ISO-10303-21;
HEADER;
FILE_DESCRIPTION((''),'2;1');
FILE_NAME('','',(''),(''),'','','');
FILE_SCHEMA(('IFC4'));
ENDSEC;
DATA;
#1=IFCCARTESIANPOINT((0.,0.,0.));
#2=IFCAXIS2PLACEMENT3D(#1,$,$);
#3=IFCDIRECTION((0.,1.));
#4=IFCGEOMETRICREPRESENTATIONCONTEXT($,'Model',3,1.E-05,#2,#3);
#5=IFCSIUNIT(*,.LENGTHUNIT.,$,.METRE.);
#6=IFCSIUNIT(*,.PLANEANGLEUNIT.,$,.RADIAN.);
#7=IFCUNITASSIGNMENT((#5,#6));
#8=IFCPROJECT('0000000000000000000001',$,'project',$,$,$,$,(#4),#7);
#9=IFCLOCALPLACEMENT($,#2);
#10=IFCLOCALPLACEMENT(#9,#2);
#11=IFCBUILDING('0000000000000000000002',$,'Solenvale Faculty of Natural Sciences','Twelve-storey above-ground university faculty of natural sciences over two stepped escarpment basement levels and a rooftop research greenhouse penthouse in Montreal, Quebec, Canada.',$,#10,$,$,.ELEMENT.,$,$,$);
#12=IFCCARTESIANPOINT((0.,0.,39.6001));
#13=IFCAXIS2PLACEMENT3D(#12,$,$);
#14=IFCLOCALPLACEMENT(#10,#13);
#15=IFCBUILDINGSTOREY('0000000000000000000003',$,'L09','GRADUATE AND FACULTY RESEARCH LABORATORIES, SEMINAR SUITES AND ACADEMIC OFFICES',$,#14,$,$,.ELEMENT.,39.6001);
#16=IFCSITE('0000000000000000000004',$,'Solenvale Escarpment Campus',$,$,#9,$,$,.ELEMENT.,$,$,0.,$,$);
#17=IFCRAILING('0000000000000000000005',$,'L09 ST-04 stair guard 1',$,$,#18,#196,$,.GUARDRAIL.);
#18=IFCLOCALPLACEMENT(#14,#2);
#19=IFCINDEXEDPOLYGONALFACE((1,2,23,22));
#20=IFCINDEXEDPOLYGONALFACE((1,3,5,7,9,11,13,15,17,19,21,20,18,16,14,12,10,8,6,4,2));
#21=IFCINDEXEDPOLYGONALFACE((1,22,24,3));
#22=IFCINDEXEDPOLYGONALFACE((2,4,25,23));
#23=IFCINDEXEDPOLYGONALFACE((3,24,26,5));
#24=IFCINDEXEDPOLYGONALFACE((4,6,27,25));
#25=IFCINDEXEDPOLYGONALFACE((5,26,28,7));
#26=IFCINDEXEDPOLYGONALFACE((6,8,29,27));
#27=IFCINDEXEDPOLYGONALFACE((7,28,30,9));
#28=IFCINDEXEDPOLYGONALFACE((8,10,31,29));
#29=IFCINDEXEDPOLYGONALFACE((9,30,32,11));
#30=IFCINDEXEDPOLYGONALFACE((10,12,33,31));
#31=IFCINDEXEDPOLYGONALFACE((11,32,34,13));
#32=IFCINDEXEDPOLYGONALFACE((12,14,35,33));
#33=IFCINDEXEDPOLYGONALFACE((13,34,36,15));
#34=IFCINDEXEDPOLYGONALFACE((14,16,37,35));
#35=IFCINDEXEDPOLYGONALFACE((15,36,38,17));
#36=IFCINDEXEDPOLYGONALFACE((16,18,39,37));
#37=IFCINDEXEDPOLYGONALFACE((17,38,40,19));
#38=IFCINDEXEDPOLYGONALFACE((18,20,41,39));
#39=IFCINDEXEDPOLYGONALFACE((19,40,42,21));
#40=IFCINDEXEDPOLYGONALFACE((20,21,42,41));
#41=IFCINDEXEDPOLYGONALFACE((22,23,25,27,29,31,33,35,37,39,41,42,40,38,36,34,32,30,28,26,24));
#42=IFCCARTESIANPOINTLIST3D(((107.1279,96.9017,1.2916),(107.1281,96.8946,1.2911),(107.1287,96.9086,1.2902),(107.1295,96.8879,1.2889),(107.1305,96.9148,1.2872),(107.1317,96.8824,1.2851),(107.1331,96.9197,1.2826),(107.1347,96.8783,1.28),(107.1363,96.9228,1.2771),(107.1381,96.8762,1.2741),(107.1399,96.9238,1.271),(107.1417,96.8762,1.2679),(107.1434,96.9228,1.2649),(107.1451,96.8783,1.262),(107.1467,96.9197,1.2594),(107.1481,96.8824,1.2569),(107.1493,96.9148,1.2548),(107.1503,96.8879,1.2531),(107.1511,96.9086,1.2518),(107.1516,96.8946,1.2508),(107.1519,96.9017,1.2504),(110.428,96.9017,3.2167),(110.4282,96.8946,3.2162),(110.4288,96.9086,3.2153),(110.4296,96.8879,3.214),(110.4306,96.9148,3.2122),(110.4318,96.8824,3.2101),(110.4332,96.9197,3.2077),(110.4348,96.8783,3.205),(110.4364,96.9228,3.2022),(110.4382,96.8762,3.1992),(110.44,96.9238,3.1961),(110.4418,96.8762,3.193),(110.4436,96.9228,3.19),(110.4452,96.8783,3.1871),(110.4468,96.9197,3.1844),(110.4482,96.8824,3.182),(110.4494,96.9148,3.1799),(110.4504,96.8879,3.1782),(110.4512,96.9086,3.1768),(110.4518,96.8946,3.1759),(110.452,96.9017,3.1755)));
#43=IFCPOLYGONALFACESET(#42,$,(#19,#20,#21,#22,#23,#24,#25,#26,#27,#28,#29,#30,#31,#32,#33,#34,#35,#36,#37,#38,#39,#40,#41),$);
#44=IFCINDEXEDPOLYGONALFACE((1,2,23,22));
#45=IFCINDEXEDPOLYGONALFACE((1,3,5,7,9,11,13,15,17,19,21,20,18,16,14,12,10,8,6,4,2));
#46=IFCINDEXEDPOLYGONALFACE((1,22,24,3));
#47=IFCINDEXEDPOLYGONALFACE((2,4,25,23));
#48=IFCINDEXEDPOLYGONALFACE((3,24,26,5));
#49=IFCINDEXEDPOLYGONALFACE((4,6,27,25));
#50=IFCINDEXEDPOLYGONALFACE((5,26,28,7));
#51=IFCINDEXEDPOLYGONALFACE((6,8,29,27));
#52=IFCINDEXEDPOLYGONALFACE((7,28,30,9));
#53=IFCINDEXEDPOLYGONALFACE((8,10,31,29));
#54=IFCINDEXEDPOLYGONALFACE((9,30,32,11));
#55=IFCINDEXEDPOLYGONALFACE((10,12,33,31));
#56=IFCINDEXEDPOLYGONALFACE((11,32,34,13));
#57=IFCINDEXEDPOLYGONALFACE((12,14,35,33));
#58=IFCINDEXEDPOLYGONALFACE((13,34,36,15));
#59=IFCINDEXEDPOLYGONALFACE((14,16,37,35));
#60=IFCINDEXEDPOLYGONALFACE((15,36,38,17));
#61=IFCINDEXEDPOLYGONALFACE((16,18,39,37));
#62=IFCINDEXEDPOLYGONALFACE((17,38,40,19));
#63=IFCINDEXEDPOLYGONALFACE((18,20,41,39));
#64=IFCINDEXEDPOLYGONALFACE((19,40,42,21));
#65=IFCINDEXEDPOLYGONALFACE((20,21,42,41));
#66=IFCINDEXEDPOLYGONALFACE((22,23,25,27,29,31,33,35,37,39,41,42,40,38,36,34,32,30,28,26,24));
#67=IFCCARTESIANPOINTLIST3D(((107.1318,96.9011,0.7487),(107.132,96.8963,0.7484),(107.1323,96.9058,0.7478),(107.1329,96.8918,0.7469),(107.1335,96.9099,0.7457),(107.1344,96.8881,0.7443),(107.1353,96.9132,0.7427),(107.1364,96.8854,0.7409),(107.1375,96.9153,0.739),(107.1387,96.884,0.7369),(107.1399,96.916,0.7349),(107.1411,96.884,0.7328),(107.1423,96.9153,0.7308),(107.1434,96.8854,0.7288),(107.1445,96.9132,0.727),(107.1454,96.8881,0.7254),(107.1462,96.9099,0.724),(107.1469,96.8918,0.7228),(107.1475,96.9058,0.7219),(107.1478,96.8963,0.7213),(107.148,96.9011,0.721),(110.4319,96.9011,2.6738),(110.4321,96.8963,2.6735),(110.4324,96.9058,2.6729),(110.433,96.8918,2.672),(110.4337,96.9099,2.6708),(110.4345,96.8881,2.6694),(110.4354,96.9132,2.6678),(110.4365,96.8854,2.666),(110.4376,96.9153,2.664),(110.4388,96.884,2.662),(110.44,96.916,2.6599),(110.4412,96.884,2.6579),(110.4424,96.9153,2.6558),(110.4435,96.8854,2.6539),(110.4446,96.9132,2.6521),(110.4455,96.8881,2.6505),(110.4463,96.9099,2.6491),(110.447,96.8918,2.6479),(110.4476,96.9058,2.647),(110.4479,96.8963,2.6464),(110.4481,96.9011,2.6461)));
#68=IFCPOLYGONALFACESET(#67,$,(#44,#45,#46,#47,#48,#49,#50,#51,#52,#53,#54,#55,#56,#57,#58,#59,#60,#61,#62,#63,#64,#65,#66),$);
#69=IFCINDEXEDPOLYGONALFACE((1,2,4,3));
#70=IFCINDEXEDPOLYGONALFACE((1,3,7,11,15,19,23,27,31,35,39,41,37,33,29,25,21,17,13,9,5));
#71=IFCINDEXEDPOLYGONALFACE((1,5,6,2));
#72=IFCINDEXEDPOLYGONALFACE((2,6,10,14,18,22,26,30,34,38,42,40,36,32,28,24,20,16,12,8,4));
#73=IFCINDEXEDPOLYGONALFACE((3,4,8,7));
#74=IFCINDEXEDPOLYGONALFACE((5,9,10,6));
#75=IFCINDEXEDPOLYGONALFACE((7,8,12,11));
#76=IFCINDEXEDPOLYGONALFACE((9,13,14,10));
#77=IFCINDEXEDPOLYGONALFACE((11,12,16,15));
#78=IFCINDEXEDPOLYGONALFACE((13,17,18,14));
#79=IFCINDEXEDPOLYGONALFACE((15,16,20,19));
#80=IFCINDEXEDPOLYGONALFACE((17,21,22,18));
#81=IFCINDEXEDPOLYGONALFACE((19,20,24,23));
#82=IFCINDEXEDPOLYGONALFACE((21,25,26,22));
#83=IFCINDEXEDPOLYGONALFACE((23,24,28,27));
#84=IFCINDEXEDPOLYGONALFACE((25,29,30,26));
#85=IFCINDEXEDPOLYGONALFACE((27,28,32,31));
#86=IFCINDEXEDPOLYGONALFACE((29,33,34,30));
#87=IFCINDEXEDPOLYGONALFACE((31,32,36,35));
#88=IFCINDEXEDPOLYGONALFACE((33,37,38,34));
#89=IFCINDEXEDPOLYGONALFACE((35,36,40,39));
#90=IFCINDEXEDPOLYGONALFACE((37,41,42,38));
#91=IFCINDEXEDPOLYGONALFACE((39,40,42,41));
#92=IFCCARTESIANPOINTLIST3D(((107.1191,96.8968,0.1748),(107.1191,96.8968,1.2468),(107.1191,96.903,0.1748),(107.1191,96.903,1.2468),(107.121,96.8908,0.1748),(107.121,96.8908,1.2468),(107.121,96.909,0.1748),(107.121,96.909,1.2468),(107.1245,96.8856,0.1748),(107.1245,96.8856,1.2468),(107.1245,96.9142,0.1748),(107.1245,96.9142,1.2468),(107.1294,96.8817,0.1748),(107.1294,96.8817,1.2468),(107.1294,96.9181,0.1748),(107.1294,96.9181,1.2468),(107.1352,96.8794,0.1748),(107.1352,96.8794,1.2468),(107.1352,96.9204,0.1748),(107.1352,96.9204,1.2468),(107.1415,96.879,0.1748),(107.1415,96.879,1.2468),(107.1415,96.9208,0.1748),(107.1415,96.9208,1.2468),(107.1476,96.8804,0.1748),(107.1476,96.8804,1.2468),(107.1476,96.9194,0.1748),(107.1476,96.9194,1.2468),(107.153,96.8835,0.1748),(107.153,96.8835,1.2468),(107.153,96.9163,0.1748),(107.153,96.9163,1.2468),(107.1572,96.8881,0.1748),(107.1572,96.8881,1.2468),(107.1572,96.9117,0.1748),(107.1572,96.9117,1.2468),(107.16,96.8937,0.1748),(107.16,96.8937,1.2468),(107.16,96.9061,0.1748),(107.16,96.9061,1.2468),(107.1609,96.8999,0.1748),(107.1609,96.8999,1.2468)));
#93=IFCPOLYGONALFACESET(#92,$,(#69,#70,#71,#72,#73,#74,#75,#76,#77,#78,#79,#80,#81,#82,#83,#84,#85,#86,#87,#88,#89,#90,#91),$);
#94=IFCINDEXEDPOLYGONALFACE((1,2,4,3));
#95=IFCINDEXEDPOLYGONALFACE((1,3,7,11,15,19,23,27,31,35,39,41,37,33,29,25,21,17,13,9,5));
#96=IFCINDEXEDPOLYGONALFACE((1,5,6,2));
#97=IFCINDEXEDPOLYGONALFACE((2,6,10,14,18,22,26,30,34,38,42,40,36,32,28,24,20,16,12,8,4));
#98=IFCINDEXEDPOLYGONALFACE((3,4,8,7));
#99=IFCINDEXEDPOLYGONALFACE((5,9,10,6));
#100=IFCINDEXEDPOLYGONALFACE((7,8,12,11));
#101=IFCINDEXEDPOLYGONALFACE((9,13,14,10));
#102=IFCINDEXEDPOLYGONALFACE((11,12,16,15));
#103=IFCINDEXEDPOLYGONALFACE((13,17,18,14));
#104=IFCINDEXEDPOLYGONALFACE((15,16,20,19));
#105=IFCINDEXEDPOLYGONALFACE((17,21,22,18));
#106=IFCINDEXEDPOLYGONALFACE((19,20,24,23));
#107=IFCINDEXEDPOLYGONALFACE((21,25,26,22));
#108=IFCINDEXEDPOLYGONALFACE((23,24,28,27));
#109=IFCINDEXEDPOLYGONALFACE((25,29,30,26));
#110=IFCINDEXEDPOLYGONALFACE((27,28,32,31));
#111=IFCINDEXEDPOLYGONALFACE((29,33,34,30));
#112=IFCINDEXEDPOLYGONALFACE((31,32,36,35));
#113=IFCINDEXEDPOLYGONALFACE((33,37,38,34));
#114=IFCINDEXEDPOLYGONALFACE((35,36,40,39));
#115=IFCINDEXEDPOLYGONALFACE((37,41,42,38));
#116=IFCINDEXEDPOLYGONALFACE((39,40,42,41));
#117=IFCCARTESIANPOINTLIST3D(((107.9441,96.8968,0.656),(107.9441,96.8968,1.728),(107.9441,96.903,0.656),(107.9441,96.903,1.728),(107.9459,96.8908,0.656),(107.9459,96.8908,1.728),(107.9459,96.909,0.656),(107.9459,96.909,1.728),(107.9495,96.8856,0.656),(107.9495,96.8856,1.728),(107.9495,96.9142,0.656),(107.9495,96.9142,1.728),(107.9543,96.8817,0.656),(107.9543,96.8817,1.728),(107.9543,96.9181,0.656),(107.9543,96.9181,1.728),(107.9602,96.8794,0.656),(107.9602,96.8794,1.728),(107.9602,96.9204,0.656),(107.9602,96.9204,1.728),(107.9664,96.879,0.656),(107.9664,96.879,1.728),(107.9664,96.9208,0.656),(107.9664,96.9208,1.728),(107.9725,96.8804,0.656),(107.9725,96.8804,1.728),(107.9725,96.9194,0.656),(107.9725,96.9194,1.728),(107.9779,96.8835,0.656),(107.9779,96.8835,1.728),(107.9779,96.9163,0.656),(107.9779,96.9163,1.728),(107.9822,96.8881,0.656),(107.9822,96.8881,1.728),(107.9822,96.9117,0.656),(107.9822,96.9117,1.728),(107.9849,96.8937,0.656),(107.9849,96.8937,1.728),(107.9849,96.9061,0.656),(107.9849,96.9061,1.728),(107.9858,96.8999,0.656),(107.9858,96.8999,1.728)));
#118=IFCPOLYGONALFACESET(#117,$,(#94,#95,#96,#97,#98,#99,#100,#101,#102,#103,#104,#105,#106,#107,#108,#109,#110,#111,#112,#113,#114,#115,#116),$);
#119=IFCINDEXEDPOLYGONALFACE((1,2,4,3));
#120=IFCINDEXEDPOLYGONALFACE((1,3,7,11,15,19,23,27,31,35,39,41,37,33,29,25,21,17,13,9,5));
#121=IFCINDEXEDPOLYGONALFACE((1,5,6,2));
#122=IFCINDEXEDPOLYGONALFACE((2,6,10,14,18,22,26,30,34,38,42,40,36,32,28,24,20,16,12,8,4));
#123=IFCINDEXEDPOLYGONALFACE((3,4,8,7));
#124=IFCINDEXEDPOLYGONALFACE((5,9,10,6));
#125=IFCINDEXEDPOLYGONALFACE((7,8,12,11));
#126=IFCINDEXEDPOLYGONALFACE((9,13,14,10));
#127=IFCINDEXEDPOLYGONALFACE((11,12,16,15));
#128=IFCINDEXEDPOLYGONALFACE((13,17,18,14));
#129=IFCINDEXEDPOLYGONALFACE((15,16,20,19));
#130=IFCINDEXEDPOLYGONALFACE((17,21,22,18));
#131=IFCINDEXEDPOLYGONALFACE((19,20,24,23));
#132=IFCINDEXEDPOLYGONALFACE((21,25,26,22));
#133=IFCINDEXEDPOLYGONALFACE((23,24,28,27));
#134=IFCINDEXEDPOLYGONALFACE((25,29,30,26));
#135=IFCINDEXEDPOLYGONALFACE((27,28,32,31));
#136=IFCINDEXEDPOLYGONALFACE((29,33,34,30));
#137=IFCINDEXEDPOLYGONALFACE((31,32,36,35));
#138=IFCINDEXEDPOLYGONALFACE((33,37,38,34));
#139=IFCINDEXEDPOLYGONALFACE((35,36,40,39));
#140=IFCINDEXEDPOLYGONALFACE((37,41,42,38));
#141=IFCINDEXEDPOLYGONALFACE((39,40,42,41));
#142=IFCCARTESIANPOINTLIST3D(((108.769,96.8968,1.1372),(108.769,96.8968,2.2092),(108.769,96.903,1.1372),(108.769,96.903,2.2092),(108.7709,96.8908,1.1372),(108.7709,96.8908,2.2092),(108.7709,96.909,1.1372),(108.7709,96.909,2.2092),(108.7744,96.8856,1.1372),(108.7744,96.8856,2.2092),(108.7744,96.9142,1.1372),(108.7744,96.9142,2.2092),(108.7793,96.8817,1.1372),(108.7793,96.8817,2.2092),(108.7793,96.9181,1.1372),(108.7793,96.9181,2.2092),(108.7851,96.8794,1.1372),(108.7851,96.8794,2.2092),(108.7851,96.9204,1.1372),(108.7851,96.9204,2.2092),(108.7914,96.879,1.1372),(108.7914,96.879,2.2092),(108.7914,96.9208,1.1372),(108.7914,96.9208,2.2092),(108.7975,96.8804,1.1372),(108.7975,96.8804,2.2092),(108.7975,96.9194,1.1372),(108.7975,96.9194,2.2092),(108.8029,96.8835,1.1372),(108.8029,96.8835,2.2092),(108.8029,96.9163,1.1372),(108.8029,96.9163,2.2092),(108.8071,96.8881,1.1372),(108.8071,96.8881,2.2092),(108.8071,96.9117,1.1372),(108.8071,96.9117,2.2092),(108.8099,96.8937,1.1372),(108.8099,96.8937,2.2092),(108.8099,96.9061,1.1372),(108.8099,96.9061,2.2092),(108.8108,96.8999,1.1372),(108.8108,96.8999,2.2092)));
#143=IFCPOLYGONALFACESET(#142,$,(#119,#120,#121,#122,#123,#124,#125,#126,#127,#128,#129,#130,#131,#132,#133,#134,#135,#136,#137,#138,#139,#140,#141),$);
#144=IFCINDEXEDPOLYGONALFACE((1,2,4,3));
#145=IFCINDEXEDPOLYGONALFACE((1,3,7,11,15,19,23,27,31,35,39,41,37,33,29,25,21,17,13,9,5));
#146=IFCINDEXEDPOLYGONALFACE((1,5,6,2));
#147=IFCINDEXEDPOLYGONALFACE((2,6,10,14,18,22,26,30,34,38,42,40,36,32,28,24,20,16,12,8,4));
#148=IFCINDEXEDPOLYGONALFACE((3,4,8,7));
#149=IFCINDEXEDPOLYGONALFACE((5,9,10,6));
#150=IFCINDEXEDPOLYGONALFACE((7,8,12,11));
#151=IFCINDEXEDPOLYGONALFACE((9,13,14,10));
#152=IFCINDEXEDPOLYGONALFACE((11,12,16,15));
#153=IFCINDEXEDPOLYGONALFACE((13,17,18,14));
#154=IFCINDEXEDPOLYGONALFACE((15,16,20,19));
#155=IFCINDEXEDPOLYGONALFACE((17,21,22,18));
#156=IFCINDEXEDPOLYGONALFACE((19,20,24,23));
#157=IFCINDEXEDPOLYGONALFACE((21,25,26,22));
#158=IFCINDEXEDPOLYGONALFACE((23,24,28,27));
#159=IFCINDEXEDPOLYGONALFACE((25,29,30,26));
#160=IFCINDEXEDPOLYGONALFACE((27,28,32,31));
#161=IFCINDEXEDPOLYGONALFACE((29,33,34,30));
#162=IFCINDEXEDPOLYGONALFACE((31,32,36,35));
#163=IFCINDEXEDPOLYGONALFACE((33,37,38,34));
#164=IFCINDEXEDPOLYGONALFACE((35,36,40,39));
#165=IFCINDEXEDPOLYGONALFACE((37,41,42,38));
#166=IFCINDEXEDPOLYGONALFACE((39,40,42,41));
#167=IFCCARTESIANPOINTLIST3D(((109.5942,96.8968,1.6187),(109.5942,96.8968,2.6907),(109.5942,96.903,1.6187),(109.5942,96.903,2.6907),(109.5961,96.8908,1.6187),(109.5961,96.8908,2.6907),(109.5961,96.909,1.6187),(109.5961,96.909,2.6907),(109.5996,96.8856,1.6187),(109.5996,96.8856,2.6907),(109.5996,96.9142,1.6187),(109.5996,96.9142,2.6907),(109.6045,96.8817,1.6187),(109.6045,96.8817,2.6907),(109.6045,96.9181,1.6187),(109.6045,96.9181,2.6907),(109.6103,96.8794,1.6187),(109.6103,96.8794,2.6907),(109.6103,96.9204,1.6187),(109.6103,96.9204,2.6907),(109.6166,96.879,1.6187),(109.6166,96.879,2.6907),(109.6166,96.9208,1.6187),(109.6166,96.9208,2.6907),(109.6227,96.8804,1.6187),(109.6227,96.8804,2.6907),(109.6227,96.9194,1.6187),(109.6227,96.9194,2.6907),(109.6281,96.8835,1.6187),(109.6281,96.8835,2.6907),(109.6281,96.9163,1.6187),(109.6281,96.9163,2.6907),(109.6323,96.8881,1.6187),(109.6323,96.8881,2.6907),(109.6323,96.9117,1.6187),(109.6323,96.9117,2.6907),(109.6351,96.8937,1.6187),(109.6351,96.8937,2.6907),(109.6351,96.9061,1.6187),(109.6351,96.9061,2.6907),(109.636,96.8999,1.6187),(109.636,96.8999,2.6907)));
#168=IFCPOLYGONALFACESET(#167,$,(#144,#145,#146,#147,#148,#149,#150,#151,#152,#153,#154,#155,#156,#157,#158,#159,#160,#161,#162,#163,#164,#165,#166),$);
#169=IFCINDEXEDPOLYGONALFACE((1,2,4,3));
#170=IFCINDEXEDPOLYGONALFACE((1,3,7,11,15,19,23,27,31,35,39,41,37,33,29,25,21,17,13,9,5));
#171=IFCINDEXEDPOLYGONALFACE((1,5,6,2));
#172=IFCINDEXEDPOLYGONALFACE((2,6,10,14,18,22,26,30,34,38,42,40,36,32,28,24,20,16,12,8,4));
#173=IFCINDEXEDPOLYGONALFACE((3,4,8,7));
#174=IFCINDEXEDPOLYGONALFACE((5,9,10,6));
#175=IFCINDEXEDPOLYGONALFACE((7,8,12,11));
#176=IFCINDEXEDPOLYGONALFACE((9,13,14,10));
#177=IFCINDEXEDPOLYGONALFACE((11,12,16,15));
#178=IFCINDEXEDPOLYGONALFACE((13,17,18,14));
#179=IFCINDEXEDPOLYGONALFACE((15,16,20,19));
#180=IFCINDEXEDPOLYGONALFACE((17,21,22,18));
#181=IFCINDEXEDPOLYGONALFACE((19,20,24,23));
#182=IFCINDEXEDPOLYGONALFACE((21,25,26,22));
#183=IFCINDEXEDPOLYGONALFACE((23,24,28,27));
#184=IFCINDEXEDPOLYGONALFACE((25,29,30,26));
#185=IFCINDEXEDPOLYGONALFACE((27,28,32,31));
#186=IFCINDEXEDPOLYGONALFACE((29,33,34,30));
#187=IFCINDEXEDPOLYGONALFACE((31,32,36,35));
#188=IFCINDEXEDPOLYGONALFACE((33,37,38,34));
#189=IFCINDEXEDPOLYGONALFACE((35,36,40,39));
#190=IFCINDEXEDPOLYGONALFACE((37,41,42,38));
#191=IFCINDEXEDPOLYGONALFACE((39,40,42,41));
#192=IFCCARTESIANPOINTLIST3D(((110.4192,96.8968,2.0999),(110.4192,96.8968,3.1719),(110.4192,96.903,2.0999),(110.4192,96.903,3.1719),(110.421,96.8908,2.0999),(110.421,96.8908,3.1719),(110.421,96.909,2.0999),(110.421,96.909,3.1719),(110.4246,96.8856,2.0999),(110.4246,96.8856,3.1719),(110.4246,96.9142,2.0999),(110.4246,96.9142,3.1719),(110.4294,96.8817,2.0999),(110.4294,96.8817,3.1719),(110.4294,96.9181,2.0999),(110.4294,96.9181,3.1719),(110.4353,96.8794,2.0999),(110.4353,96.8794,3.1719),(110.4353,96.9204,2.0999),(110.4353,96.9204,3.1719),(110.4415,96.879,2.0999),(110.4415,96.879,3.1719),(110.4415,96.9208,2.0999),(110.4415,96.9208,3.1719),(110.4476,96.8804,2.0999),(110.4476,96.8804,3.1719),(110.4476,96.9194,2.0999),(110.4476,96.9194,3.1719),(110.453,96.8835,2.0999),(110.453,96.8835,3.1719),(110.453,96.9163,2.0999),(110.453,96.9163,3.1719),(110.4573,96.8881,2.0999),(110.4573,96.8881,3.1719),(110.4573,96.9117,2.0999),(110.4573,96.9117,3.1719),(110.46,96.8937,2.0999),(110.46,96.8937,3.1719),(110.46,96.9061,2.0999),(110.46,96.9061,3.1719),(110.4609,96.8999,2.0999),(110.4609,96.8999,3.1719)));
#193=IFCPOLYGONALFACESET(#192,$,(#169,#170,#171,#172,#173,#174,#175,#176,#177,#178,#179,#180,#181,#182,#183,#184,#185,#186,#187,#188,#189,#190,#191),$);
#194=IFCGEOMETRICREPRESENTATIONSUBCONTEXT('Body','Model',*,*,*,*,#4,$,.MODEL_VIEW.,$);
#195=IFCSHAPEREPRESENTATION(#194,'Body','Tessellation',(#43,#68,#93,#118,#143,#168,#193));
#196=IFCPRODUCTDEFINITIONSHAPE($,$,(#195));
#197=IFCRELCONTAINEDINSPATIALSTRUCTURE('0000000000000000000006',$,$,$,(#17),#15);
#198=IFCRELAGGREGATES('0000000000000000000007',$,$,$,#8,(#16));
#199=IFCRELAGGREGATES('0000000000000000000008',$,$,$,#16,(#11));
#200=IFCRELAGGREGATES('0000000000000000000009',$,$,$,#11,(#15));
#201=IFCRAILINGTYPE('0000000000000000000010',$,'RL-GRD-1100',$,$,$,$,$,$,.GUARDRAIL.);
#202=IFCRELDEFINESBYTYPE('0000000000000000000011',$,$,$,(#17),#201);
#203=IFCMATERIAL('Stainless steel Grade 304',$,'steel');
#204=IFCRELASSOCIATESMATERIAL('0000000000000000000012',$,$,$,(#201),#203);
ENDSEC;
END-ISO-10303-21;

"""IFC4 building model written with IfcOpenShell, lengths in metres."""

from ifc_helpers import new_model, si_unit, direction, frame, origin, origin_2d, place, context, subcontext, project, spatial, circle, extrude, material, type_object, element, save


model = new_model("IFC4")

# Units and contexts
model_context = context("Model", 3, precision=1e-05, world=origin(), true_north=direction((0.0, 1.0)))
body_context = subcontext(model_context, "Body", "Model", "MODEL_VIEW")
ifc_project = project(units=[si_unit("LENGTHUNIT", "METRE"), si_unit("PLANEANGLEUNIT", "RADIAN")], contexts=[model_context])

# Site, building, storey
site_placement = place(None, origin())
site = spatial("IfcSite", under=ifc_project, at=site_placement, Name="Solenvale Escarpment Campus", CompositionType="ELEMENT", RefElevation=0.0)
building_placement = place(site_placement, origin())
building = spatial("IfcBuilding", under=site, at=building_placement, Name="Solenvale Faculty of Natural Sciences", Description="Twelve-storey above-ground university faculty of natural sciences over two stepped escarpment basement levels and a rooftop research greenhouse penthouse in Montreal, Quebec, Canada.", CompositionType="ELEMENT")
storey_placement = place(building_placement, frame((0.0, 0.0, 39.6001)))
storey = spatial("IfcBuildingStorey", under=building, at=storey_placement, Name="L09", Description="GRADUATE AND FACULTY RESEARCH LABORATORIES, SEMINAR SUITES AND ACADEMIC OFFICES", CompositionType="ELEMENT", Elevation=39.6001)

# Railing
ifc_material_1 = material(Name="Stainless steel Grade 304", Category="steel")
railing_type_1 = type_object("IfcRailingType", Name="RL-GRD-1100", PredefinedType="GUARDRAIL", material=ifc_material_1)
railing_1_placement = place(storey_placement, frame((107.1399, 96.8999, 0.1748)))
element("IfcRailing", 1, at=railing_1_placement, inside=storey, type_object=railing_type_1, Name="L09 ST-04 stair guard 1", PredefinedType="GUARDRAIL", context=body_context, shape_type="SweptSolid", body=[
    extrude(circle(Radius=0.0239, at=origin_2d()), frame((0.0, 0.0, 1.0962), z_axis=(0.863777, 0.0, 0.503875), x_axis=(0.0, 1.0, 0.0)), (0.0, 0.0, 1.0), 3.8206),
    extrude(circle(Radius=0.0161, at=origin_2d()), frame((0.0, 0.0, 0.5601), z_axis=(0.863777, 0.0, 0.503875), x_axis=(0.0, 1.0, 0.0)), (0.0, 0.0, 1.0), 3.8206),
    extrude(circle(Radius=0.021, at=origin_2d()), origin(), (0.0, 0.0, 1.0), 1.072),
    extrude(circle(Radius=0.021, at=origin_2d()), frame((0.825, 0.0, 0.4812)), (0.0, 0.0, 1.0), 1.072),
    extrude(circle(Radius=0.021, at=origin_2d()), frame((1.6499, 0.0, 0.9624)), (0.0, 0.0, 1.0), 1.072),
    extrude(circle(Radius=0.021, at=origin_2d()), frame((2.4751, 0.0, 1.4438)), (0.0, 0.0, 1.0), 1.072),
    extrude(circle(Radius=0.021, at=origin_2d()), frame((3.3, 0.0, 1.925)), (0.0, 0.0, 1.0), 1.072),
])

save(model, "model.ifc")
